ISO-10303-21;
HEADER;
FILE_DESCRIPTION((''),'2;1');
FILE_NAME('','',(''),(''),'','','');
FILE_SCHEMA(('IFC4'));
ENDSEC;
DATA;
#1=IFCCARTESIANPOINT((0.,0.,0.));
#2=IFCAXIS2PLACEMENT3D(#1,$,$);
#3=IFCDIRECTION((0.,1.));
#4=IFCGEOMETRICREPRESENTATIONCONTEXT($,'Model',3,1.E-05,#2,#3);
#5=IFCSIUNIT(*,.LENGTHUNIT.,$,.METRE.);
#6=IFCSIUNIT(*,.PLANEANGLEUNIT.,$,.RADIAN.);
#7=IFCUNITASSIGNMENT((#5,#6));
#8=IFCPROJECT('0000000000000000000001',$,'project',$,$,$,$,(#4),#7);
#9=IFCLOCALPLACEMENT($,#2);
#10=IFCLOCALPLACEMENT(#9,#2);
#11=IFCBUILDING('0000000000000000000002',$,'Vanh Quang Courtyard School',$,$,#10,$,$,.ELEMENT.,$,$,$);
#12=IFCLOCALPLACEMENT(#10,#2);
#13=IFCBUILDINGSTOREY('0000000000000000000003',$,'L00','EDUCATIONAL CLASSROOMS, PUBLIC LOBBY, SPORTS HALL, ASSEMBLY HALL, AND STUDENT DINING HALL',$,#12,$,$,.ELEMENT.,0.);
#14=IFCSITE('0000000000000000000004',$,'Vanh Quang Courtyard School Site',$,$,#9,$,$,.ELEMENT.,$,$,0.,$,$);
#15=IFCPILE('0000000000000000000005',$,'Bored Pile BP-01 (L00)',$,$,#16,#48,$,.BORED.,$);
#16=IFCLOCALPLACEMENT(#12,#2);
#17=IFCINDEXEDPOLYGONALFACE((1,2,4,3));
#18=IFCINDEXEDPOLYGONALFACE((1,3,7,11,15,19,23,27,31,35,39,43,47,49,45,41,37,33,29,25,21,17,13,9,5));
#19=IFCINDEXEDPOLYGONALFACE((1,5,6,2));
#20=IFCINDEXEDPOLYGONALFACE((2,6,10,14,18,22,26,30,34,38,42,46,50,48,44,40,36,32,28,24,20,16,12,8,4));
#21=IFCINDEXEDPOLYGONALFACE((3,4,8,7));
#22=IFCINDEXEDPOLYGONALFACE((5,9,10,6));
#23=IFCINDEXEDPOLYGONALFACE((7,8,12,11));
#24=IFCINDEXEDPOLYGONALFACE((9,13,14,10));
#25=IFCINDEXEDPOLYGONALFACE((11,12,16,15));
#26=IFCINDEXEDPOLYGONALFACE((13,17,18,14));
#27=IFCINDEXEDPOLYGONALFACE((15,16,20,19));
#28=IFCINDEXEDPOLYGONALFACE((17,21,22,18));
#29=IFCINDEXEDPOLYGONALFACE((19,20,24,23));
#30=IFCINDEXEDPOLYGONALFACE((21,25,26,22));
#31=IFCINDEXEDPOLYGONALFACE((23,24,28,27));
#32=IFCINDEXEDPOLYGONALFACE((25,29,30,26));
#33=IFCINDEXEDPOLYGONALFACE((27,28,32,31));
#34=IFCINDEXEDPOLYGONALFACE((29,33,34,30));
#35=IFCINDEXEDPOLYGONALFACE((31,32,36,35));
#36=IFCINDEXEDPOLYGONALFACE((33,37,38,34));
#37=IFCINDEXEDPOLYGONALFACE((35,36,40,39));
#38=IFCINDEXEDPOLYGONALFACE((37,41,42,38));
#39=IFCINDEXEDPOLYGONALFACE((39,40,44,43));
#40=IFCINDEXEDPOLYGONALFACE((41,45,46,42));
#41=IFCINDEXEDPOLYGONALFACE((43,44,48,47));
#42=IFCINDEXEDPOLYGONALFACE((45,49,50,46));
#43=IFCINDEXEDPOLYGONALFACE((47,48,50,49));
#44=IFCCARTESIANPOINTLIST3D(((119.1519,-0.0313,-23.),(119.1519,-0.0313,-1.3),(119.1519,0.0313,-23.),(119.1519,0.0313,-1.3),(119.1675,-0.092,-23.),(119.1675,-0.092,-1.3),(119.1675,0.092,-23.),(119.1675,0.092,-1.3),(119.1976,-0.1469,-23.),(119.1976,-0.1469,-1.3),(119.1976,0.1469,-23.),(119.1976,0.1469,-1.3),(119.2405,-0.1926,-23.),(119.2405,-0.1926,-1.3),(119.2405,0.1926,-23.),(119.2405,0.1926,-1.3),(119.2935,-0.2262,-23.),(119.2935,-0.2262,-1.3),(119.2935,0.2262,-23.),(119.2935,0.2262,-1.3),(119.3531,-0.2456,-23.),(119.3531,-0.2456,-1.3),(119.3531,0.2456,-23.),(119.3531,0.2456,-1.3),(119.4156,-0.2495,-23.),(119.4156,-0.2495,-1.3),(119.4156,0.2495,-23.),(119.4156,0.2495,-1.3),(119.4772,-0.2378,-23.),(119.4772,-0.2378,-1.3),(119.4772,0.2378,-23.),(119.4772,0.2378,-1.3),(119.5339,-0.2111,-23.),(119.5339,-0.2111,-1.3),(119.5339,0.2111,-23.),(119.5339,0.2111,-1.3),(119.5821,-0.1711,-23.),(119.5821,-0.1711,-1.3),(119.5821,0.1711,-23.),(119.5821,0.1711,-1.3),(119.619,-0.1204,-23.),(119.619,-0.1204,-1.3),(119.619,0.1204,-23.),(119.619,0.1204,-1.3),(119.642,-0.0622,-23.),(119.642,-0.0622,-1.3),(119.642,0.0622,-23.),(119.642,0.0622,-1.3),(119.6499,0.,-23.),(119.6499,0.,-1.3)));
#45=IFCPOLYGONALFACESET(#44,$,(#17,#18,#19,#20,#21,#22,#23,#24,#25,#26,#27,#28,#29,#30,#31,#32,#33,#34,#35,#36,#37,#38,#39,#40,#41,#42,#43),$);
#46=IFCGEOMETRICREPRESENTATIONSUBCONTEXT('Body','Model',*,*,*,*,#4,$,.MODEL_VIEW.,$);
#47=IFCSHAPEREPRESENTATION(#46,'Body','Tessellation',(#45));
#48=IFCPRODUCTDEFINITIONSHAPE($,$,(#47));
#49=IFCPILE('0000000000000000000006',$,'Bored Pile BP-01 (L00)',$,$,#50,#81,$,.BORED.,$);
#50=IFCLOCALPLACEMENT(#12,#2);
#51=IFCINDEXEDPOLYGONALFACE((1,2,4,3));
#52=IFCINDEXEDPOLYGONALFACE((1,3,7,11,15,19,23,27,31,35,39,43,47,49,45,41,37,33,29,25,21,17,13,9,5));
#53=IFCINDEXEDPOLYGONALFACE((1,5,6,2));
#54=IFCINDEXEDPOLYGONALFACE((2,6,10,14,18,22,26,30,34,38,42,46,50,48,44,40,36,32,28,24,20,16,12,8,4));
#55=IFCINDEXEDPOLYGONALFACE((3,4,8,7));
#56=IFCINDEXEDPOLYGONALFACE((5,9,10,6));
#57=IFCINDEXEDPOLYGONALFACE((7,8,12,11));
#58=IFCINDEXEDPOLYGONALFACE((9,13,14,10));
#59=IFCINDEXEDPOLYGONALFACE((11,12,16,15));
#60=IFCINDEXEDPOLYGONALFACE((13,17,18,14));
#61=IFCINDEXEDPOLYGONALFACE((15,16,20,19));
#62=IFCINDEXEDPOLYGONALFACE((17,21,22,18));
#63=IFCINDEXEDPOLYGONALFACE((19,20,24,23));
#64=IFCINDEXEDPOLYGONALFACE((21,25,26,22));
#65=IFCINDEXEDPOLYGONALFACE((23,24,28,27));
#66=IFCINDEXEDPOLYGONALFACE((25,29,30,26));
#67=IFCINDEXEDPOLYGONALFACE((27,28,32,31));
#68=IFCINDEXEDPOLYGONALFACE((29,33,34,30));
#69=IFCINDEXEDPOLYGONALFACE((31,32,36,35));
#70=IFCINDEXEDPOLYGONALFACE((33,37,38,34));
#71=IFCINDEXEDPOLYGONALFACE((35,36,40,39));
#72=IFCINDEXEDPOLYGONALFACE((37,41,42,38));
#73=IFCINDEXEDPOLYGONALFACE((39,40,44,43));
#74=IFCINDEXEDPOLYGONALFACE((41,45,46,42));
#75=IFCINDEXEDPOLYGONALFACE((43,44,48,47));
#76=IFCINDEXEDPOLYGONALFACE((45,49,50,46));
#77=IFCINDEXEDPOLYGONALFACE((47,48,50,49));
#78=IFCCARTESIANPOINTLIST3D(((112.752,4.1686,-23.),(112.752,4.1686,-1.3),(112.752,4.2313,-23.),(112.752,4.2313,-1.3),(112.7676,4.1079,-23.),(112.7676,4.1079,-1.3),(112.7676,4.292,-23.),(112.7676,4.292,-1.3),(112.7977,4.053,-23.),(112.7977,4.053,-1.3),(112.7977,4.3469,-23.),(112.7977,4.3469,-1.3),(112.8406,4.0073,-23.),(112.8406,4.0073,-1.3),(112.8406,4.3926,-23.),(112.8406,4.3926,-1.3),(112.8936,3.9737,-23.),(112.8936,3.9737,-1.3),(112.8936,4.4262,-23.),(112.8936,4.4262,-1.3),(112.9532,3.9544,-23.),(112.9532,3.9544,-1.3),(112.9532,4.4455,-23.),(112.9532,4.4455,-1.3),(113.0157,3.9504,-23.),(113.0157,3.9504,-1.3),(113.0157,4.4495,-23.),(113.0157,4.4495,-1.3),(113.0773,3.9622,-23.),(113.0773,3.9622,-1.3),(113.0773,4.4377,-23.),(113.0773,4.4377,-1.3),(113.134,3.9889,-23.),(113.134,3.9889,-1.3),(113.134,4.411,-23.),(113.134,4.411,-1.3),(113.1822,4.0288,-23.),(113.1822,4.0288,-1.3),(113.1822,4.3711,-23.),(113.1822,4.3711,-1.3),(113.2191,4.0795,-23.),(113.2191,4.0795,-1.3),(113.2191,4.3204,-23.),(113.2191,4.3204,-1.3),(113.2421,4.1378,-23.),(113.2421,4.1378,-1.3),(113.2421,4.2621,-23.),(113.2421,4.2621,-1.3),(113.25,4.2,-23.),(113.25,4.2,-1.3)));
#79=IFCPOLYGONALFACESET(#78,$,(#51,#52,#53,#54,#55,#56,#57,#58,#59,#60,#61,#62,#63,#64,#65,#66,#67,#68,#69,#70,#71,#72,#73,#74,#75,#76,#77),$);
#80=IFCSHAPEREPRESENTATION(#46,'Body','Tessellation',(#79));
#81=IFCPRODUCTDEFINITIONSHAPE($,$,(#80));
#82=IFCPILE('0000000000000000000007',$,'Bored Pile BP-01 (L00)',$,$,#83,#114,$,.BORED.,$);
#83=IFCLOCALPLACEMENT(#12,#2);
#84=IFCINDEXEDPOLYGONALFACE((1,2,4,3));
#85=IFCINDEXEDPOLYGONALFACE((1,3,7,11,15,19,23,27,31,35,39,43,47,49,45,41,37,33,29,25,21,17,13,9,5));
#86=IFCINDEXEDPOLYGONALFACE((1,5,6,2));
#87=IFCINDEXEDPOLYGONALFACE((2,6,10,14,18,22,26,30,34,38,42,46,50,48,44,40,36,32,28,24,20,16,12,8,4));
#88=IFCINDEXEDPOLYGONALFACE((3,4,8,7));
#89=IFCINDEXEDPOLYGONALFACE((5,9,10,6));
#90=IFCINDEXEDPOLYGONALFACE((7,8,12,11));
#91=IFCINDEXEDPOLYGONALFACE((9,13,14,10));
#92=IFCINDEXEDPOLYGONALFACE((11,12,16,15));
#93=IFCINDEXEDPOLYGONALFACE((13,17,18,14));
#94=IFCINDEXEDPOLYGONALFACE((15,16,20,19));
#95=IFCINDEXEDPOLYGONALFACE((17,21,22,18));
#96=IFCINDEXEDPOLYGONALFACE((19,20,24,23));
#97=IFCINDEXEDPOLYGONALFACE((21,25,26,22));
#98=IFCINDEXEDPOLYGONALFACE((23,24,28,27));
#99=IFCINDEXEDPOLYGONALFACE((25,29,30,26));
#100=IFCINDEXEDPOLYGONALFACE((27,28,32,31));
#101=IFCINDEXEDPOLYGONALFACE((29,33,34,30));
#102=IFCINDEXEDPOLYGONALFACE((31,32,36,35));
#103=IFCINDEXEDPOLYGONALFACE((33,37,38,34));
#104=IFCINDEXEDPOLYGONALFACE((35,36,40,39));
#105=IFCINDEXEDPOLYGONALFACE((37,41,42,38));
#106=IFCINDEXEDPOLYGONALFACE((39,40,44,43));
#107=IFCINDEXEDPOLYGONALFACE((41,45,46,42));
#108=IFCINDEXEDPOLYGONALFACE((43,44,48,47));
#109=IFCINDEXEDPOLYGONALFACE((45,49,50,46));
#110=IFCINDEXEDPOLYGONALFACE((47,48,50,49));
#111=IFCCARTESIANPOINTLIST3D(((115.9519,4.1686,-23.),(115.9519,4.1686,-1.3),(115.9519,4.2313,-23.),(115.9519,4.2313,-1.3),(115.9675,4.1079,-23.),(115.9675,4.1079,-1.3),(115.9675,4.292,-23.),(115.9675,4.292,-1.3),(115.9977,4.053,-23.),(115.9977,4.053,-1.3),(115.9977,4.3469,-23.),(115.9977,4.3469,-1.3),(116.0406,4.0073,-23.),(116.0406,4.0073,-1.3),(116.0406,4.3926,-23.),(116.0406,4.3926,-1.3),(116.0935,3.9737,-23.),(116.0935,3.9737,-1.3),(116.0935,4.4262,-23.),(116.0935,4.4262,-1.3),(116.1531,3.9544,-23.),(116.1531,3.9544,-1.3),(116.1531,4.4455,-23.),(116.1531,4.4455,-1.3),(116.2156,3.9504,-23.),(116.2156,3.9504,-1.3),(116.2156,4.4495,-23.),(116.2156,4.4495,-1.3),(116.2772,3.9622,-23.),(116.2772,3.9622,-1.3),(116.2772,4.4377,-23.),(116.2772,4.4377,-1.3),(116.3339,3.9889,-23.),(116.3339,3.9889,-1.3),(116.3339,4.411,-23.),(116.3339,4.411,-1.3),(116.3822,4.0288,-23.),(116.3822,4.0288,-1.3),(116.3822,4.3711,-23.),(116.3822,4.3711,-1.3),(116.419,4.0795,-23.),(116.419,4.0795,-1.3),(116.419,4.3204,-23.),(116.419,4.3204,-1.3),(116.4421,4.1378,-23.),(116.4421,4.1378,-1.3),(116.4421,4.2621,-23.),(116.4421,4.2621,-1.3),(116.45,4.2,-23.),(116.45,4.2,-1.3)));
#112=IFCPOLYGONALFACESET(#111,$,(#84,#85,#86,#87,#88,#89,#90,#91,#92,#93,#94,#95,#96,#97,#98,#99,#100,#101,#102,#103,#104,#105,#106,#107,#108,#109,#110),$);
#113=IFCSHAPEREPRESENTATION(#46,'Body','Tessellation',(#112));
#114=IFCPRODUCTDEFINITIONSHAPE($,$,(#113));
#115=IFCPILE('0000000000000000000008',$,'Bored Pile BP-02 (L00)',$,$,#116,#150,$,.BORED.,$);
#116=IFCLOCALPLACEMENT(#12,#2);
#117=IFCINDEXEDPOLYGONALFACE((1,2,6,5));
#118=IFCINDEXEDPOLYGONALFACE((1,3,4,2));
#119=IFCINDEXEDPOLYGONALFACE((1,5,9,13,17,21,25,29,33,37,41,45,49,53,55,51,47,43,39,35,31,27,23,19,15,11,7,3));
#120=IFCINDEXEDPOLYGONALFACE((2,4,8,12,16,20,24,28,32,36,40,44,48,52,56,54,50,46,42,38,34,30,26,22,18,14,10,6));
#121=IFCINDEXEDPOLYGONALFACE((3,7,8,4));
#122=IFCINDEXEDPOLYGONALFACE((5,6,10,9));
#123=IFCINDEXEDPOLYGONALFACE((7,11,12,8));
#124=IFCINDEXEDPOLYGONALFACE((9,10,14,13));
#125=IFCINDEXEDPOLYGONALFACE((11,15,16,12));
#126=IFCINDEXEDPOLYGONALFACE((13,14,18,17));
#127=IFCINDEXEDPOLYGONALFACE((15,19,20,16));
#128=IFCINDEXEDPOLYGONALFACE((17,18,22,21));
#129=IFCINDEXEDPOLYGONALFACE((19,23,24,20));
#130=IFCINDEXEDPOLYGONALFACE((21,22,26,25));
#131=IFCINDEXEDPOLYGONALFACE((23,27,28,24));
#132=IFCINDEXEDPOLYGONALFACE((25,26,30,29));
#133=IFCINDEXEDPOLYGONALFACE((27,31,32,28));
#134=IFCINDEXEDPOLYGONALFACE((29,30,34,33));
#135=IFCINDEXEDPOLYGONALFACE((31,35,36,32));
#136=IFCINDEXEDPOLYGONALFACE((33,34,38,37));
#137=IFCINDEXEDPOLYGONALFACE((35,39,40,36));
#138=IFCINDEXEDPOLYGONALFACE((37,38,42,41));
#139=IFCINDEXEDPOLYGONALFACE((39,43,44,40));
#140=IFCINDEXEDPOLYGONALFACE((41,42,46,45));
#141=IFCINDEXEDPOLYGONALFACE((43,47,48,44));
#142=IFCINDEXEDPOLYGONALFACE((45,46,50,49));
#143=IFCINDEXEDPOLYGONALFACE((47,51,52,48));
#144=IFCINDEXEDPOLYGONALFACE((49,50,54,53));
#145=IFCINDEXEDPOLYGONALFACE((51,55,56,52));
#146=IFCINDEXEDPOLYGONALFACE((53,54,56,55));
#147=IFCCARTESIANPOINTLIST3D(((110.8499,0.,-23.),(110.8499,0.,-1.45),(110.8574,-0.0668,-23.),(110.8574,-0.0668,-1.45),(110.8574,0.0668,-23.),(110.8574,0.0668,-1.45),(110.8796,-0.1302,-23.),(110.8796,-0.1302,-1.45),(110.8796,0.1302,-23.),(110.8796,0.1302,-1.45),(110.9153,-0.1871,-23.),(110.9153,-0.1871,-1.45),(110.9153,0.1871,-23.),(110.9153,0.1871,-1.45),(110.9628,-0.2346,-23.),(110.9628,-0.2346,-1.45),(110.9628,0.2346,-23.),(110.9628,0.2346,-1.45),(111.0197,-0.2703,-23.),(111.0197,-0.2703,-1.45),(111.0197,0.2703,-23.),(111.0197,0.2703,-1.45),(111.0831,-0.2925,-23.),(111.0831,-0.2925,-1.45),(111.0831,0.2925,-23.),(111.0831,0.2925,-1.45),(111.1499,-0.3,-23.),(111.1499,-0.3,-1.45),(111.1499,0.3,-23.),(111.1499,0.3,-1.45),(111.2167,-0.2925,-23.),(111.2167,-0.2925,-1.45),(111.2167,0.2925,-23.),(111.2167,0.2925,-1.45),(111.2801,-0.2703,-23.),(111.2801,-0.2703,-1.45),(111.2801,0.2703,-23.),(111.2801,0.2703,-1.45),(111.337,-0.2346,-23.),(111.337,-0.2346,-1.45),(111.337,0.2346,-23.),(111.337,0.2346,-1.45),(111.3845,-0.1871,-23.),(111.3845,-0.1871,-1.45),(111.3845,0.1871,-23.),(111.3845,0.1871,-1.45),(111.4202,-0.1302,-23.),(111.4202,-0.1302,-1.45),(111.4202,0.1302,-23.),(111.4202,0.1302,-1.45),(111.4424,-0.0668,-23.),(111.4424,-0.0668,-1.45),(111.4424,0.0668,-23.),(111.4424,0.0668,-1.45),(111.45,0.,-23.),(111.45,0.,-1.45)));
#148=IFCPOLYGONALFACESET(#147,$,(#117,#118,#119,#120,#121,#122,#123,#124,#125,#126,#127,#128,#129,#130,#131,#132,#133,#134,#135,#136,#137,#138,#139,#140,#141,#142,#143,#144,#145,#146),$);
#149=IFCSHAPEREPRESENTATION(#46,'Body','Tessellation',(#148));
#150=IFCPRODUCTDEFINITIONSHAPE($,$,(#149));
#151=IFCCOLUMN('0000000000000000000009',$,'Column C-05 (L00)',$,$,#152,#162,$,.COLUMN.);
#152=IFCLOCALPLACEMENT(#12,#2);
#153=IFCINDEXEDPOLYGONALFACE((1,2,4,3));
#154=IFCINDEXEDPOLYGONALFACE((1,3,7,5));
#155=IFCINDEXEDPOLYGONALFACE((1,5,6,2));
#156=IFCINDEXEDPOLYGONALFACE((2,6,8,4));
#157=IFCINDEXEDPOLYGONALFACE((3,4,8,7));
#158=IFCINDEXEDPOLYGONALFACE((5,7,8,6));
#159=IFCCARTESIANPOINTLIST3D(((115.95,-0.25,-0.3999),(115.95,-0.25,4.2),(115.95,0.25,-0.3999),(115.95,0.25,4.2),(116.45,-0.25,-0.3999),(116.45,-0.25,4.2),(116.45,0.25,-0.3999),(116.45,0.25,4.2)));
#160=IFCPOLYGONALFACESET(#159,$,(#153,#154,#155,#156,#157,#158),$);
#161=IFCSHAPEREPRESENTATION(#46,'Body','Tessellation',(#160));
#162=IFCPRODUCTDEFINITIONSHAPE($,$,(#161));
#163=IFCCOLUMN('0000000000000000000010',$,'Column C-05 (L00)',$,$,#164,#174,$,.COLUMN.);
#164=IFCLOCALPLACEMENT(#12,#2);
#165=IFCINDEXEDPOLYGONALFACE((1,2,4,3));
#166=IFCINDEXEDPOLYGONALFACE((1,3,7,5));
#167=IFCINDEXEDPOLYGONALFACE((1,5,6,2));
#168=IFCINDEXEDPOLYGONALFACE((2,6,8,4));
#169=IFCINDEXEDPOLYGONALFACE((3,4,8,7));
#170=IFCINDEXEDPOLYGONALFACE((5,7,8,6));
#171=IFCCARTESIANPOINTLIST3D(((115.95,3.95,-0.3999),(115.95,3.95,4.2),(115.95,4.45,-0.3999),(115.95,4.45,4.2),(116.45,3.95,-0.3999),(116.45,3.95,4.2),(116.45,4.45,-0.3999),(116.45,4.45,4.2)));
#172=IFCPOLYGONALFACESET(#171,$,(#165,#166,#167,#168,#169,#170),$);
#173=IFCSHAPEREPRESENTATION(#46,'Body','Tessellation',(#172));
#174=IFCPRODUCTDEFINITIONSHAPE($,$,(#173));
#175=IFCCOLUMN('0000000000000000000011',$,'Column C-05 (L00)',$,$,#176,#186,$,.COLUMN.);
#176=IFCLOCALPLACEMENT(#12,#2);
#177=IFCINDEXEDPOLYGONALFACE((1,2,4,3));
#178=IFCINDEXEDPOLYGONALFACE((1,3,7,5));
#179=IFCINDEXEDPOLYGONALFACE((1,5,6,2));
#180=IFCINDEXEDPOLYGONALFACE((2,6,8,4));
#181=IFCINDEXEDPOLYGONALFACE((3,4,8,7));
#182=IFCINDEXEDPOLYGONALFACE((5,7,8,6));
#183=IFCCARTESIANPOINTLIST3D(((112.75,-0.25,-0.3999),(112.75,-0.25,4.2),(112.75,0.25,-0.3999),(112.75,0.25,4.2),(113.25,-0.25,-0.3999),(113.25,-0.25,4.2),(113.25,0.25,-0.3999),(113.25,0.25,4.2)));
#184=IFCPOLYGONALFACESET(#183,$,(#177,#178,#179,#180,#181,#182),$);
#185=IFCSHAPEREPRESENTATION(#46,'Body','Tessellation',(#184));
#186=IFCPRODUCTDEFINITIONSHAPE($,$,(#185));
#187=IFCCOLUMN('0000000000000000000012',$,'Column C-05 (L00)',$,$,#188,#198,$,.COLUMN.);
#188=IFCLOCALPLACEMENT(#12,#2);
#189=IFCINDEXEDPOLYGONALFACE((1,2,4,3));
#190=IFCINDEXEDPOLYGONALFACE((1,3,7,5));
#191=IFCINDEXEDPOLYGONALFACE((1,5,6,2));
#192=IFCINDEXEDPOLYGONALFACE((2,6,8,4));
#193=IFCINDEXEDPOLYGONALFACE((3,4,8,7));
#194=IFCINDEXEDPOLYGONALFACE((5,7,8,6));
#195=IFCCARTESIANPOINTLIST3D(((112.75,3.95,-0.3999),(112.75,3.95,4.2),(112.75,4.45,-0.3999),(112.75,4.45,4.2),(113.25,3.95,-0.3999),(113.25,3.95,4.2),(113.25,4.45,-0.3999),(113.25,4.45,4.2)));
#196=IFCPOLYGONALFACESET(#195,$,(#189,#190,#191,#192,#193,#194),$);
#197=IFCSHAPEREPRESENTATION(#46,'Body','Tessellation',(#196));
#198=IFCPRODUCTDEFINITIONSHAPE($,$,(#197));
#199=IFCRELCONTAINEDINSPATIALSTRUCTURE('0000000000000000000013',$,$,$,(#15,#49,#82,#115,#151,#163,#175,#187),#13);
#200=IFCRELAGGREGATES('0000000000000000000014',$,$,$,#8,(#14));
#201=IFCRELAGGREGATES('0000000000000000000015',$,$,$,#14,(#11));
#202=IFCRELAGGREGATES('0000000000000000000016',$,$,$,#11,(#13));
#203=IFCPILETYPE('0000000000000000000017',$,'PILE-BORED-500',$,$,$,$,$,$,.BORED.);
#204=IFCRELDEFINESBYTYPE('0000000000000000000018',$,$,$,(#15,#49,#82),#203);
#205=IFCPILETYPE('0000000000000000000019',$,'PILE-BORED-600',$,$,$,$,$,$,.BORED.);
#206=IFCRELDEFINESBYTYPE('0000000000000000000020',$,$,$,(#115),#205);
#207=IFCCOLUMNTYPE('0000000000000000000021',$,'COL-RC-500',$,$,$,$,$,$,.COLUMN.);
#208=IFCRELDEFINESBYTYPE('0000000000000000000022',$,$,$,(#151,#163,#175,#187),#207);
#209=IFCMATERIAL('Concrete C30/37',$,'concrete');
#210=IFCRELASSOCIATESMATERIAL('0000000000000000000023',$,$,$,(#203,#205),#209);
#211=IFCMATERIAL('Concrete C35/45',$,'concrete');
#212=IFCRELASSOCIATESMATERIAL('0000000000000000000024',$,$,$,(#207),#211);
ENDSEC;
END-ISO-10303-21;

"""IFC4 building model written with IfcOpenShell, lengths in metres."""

from ifc_helpers import new_model, si_unit, direction, frame, origin, origin_2d, place, context, subcontext, project, spatial, rectangle, circle, extrude, material, material_profile, profile_set, type_object, element, save


model = new_model("IFC4")

# Units and contexts
model_context = context("Model", 3, precision=1e-05, world=origin(), true_north=direction((0.0, 1.0)))
body_context = subcontext(model_context, "Body", "Model", "MODEL_VIEW")
ifc_project = project(units=[si_unit("LENGTHUNIT", "METRE"), si_unit("PLANEANGLEUNIT", "RADIAN")], contexts=[model_context])

# Site, building, storey
site_placement = place(None, origin())
site = spatial("IfcSite", under=ifc_project, at=site_placement, Name="Vanh Quang Courtyard School Site", CompositionType="ELEMENT", RefElevation=0.0)
building_placement = place(site_placement, origin())
building = spatial("IfcBuilding", under=site, at=building_placement, Name="Vanh Quang Courtyard School", CompositionType="ELEMENT")
storey_placement = place(building_placement, origin())
storey = spatial("IfcBuildingStorey", under=building, at=storey_placement, Name="L00", Description="EDUCATIONAL CLASSROOMS, PUBLIC LOBBY, SPORTS HALL, ASSEMBLY HALL, AND STUDENT DINING HALL", CompositionType="ELEMENT", Elevation=0.0)

# Shared definitions
ifc_material_1 = material(Name="Concrete C35/45", Category="concrete")

# Piles
ifc_material_2 = material(Name="Concrete C30/37", Category="concrete")
ifc_material_profile_1 = material_profile(ifc_material_2, circle(Radius=0.25, at=origin_2d()), Name="PILE D500")
ifc_profile_set_1 = profile_set([ifc_material_profile_1], Name="Concrete C30/37")
pile_type_1 = type_object("IfcPileType", Name="PILE-BORED-500", PredefinedType="BORED", material=ifc_profile_set_1)
for number, where, z_axis, x_axis, name in (
    (1, (119.3999, 0.0, -1.3), (0.0, 0.0, -1.0), (1.0, 0.0, 0.0), "Bored Pile BP-01 (L00)"),
    (2, (113.0, 4.2, -1.3), (0.0, 0.0, -1.0), (1.0, 0.0, 0.0), "Bored Pile BP-01 (L00)"),
    (3, (116.2, 4.2, -1.3), (0.0, 0.0, -1.0), (1.0, 0.0, 0.0), "Bored Pile BP-01 (L00)"),
):
    element("IfcPile", number, at=place(storey_placement, frame(where, z_axis=z_axis, x_axis=x_axis)), inside=storey, type_object=pile_type_1, Name=name, PredefinedType="BORED", context=body_context, shape_type="SweptSolid", body=[
        extrude(circle(Radius=0.25, at=origin_2d()), origin(), (0.0, 0.0, 1.0), 21.7),
    ])
ifc_material_profile_2 = material_profile(ifc_material_2, circle(Radius=0.3, at=origin_2d()), Name="PILE D600")
ifc_profile_set_2 = profile_set([ifc_material_profile_2], Name="Concrete C30/37")
pile_type_2 = type_object("IfcPileType", Name="PILE-BORED-600", PredefinedType="BORED", material=ifc_profile_set_2)
pile_placement = place(storey_placement, frame((111.1499, 0.0, -1.45), z_axis=(0.0, 0.0, -1.0), x_axis=(1.0, 0.0, 0.0)))
element("IfcPile", 4, at=pile_placement, inside=storey, type_object=pile_type_2, Name="Bored Pile BP-02 (L00)", PredefinedType="BORED", context=body_context, shape_type="SweptSolid", body=[
    extrude(circle(Radius=0.3, at=origin_2d()), origin(), (0.0, 0.0, 1.0), 21.55),
])

# Columns
ifc_material_profile_3 = material_profile(ifc_material_1, rectangle(XDim=0.5, YDim=0.5, at=origin_2d()), Name="RC-COL 500x500")
ifc_profile_set_3 = profile_set([ifc_material_profile_3], Name="Concrete C35/45")
column_type_1 = type_object("IfcColumnType", Name="COL-RC-500", PredefinedType="COLUMN", material=ifc_profile_set_3)
for number, where, z_axis, x_axis, name in (
    (5, (116.2, 0.0, -0.3999), (0.0, 0.0, 1.0), (1.0, 0.0, 0.0), "Column C-05 (L00)"),
    (6, (116.2, 4.2, -0.3999), (0.0, 0.0, 1.0), (1.0, 0.0, 0.0), "Column C-05 (L00)"),
    (7, (113.0, 0.0, -0.3999), (0.0, 0.0, 1.0), (1.0, 0.0, 0.0), "Column C-05 (L00)"),
    (8, (113.0, 4.2, -0.3999), (0.0, 0.0, 1.0), (1.0, 0.0, 0.0), "Column C-05 (L00)"),
):
    element("IfcColumn", number, at=place(storey_placement, frame(where, z_axis=z_axis, x_axis=x_axis)), inside=storey, type_object=column_type_1, Name=name, PredefinedType="COLUMN", context=body_context, shape_type="SweptSolid", body=[
        extrude(rectangle(XDim=0.5, YDim=0.5, at=origin_2d()), origin(), (0.0, 0.0, 1.0), 4.5999),
    ])

save(model, "model.ifc")
